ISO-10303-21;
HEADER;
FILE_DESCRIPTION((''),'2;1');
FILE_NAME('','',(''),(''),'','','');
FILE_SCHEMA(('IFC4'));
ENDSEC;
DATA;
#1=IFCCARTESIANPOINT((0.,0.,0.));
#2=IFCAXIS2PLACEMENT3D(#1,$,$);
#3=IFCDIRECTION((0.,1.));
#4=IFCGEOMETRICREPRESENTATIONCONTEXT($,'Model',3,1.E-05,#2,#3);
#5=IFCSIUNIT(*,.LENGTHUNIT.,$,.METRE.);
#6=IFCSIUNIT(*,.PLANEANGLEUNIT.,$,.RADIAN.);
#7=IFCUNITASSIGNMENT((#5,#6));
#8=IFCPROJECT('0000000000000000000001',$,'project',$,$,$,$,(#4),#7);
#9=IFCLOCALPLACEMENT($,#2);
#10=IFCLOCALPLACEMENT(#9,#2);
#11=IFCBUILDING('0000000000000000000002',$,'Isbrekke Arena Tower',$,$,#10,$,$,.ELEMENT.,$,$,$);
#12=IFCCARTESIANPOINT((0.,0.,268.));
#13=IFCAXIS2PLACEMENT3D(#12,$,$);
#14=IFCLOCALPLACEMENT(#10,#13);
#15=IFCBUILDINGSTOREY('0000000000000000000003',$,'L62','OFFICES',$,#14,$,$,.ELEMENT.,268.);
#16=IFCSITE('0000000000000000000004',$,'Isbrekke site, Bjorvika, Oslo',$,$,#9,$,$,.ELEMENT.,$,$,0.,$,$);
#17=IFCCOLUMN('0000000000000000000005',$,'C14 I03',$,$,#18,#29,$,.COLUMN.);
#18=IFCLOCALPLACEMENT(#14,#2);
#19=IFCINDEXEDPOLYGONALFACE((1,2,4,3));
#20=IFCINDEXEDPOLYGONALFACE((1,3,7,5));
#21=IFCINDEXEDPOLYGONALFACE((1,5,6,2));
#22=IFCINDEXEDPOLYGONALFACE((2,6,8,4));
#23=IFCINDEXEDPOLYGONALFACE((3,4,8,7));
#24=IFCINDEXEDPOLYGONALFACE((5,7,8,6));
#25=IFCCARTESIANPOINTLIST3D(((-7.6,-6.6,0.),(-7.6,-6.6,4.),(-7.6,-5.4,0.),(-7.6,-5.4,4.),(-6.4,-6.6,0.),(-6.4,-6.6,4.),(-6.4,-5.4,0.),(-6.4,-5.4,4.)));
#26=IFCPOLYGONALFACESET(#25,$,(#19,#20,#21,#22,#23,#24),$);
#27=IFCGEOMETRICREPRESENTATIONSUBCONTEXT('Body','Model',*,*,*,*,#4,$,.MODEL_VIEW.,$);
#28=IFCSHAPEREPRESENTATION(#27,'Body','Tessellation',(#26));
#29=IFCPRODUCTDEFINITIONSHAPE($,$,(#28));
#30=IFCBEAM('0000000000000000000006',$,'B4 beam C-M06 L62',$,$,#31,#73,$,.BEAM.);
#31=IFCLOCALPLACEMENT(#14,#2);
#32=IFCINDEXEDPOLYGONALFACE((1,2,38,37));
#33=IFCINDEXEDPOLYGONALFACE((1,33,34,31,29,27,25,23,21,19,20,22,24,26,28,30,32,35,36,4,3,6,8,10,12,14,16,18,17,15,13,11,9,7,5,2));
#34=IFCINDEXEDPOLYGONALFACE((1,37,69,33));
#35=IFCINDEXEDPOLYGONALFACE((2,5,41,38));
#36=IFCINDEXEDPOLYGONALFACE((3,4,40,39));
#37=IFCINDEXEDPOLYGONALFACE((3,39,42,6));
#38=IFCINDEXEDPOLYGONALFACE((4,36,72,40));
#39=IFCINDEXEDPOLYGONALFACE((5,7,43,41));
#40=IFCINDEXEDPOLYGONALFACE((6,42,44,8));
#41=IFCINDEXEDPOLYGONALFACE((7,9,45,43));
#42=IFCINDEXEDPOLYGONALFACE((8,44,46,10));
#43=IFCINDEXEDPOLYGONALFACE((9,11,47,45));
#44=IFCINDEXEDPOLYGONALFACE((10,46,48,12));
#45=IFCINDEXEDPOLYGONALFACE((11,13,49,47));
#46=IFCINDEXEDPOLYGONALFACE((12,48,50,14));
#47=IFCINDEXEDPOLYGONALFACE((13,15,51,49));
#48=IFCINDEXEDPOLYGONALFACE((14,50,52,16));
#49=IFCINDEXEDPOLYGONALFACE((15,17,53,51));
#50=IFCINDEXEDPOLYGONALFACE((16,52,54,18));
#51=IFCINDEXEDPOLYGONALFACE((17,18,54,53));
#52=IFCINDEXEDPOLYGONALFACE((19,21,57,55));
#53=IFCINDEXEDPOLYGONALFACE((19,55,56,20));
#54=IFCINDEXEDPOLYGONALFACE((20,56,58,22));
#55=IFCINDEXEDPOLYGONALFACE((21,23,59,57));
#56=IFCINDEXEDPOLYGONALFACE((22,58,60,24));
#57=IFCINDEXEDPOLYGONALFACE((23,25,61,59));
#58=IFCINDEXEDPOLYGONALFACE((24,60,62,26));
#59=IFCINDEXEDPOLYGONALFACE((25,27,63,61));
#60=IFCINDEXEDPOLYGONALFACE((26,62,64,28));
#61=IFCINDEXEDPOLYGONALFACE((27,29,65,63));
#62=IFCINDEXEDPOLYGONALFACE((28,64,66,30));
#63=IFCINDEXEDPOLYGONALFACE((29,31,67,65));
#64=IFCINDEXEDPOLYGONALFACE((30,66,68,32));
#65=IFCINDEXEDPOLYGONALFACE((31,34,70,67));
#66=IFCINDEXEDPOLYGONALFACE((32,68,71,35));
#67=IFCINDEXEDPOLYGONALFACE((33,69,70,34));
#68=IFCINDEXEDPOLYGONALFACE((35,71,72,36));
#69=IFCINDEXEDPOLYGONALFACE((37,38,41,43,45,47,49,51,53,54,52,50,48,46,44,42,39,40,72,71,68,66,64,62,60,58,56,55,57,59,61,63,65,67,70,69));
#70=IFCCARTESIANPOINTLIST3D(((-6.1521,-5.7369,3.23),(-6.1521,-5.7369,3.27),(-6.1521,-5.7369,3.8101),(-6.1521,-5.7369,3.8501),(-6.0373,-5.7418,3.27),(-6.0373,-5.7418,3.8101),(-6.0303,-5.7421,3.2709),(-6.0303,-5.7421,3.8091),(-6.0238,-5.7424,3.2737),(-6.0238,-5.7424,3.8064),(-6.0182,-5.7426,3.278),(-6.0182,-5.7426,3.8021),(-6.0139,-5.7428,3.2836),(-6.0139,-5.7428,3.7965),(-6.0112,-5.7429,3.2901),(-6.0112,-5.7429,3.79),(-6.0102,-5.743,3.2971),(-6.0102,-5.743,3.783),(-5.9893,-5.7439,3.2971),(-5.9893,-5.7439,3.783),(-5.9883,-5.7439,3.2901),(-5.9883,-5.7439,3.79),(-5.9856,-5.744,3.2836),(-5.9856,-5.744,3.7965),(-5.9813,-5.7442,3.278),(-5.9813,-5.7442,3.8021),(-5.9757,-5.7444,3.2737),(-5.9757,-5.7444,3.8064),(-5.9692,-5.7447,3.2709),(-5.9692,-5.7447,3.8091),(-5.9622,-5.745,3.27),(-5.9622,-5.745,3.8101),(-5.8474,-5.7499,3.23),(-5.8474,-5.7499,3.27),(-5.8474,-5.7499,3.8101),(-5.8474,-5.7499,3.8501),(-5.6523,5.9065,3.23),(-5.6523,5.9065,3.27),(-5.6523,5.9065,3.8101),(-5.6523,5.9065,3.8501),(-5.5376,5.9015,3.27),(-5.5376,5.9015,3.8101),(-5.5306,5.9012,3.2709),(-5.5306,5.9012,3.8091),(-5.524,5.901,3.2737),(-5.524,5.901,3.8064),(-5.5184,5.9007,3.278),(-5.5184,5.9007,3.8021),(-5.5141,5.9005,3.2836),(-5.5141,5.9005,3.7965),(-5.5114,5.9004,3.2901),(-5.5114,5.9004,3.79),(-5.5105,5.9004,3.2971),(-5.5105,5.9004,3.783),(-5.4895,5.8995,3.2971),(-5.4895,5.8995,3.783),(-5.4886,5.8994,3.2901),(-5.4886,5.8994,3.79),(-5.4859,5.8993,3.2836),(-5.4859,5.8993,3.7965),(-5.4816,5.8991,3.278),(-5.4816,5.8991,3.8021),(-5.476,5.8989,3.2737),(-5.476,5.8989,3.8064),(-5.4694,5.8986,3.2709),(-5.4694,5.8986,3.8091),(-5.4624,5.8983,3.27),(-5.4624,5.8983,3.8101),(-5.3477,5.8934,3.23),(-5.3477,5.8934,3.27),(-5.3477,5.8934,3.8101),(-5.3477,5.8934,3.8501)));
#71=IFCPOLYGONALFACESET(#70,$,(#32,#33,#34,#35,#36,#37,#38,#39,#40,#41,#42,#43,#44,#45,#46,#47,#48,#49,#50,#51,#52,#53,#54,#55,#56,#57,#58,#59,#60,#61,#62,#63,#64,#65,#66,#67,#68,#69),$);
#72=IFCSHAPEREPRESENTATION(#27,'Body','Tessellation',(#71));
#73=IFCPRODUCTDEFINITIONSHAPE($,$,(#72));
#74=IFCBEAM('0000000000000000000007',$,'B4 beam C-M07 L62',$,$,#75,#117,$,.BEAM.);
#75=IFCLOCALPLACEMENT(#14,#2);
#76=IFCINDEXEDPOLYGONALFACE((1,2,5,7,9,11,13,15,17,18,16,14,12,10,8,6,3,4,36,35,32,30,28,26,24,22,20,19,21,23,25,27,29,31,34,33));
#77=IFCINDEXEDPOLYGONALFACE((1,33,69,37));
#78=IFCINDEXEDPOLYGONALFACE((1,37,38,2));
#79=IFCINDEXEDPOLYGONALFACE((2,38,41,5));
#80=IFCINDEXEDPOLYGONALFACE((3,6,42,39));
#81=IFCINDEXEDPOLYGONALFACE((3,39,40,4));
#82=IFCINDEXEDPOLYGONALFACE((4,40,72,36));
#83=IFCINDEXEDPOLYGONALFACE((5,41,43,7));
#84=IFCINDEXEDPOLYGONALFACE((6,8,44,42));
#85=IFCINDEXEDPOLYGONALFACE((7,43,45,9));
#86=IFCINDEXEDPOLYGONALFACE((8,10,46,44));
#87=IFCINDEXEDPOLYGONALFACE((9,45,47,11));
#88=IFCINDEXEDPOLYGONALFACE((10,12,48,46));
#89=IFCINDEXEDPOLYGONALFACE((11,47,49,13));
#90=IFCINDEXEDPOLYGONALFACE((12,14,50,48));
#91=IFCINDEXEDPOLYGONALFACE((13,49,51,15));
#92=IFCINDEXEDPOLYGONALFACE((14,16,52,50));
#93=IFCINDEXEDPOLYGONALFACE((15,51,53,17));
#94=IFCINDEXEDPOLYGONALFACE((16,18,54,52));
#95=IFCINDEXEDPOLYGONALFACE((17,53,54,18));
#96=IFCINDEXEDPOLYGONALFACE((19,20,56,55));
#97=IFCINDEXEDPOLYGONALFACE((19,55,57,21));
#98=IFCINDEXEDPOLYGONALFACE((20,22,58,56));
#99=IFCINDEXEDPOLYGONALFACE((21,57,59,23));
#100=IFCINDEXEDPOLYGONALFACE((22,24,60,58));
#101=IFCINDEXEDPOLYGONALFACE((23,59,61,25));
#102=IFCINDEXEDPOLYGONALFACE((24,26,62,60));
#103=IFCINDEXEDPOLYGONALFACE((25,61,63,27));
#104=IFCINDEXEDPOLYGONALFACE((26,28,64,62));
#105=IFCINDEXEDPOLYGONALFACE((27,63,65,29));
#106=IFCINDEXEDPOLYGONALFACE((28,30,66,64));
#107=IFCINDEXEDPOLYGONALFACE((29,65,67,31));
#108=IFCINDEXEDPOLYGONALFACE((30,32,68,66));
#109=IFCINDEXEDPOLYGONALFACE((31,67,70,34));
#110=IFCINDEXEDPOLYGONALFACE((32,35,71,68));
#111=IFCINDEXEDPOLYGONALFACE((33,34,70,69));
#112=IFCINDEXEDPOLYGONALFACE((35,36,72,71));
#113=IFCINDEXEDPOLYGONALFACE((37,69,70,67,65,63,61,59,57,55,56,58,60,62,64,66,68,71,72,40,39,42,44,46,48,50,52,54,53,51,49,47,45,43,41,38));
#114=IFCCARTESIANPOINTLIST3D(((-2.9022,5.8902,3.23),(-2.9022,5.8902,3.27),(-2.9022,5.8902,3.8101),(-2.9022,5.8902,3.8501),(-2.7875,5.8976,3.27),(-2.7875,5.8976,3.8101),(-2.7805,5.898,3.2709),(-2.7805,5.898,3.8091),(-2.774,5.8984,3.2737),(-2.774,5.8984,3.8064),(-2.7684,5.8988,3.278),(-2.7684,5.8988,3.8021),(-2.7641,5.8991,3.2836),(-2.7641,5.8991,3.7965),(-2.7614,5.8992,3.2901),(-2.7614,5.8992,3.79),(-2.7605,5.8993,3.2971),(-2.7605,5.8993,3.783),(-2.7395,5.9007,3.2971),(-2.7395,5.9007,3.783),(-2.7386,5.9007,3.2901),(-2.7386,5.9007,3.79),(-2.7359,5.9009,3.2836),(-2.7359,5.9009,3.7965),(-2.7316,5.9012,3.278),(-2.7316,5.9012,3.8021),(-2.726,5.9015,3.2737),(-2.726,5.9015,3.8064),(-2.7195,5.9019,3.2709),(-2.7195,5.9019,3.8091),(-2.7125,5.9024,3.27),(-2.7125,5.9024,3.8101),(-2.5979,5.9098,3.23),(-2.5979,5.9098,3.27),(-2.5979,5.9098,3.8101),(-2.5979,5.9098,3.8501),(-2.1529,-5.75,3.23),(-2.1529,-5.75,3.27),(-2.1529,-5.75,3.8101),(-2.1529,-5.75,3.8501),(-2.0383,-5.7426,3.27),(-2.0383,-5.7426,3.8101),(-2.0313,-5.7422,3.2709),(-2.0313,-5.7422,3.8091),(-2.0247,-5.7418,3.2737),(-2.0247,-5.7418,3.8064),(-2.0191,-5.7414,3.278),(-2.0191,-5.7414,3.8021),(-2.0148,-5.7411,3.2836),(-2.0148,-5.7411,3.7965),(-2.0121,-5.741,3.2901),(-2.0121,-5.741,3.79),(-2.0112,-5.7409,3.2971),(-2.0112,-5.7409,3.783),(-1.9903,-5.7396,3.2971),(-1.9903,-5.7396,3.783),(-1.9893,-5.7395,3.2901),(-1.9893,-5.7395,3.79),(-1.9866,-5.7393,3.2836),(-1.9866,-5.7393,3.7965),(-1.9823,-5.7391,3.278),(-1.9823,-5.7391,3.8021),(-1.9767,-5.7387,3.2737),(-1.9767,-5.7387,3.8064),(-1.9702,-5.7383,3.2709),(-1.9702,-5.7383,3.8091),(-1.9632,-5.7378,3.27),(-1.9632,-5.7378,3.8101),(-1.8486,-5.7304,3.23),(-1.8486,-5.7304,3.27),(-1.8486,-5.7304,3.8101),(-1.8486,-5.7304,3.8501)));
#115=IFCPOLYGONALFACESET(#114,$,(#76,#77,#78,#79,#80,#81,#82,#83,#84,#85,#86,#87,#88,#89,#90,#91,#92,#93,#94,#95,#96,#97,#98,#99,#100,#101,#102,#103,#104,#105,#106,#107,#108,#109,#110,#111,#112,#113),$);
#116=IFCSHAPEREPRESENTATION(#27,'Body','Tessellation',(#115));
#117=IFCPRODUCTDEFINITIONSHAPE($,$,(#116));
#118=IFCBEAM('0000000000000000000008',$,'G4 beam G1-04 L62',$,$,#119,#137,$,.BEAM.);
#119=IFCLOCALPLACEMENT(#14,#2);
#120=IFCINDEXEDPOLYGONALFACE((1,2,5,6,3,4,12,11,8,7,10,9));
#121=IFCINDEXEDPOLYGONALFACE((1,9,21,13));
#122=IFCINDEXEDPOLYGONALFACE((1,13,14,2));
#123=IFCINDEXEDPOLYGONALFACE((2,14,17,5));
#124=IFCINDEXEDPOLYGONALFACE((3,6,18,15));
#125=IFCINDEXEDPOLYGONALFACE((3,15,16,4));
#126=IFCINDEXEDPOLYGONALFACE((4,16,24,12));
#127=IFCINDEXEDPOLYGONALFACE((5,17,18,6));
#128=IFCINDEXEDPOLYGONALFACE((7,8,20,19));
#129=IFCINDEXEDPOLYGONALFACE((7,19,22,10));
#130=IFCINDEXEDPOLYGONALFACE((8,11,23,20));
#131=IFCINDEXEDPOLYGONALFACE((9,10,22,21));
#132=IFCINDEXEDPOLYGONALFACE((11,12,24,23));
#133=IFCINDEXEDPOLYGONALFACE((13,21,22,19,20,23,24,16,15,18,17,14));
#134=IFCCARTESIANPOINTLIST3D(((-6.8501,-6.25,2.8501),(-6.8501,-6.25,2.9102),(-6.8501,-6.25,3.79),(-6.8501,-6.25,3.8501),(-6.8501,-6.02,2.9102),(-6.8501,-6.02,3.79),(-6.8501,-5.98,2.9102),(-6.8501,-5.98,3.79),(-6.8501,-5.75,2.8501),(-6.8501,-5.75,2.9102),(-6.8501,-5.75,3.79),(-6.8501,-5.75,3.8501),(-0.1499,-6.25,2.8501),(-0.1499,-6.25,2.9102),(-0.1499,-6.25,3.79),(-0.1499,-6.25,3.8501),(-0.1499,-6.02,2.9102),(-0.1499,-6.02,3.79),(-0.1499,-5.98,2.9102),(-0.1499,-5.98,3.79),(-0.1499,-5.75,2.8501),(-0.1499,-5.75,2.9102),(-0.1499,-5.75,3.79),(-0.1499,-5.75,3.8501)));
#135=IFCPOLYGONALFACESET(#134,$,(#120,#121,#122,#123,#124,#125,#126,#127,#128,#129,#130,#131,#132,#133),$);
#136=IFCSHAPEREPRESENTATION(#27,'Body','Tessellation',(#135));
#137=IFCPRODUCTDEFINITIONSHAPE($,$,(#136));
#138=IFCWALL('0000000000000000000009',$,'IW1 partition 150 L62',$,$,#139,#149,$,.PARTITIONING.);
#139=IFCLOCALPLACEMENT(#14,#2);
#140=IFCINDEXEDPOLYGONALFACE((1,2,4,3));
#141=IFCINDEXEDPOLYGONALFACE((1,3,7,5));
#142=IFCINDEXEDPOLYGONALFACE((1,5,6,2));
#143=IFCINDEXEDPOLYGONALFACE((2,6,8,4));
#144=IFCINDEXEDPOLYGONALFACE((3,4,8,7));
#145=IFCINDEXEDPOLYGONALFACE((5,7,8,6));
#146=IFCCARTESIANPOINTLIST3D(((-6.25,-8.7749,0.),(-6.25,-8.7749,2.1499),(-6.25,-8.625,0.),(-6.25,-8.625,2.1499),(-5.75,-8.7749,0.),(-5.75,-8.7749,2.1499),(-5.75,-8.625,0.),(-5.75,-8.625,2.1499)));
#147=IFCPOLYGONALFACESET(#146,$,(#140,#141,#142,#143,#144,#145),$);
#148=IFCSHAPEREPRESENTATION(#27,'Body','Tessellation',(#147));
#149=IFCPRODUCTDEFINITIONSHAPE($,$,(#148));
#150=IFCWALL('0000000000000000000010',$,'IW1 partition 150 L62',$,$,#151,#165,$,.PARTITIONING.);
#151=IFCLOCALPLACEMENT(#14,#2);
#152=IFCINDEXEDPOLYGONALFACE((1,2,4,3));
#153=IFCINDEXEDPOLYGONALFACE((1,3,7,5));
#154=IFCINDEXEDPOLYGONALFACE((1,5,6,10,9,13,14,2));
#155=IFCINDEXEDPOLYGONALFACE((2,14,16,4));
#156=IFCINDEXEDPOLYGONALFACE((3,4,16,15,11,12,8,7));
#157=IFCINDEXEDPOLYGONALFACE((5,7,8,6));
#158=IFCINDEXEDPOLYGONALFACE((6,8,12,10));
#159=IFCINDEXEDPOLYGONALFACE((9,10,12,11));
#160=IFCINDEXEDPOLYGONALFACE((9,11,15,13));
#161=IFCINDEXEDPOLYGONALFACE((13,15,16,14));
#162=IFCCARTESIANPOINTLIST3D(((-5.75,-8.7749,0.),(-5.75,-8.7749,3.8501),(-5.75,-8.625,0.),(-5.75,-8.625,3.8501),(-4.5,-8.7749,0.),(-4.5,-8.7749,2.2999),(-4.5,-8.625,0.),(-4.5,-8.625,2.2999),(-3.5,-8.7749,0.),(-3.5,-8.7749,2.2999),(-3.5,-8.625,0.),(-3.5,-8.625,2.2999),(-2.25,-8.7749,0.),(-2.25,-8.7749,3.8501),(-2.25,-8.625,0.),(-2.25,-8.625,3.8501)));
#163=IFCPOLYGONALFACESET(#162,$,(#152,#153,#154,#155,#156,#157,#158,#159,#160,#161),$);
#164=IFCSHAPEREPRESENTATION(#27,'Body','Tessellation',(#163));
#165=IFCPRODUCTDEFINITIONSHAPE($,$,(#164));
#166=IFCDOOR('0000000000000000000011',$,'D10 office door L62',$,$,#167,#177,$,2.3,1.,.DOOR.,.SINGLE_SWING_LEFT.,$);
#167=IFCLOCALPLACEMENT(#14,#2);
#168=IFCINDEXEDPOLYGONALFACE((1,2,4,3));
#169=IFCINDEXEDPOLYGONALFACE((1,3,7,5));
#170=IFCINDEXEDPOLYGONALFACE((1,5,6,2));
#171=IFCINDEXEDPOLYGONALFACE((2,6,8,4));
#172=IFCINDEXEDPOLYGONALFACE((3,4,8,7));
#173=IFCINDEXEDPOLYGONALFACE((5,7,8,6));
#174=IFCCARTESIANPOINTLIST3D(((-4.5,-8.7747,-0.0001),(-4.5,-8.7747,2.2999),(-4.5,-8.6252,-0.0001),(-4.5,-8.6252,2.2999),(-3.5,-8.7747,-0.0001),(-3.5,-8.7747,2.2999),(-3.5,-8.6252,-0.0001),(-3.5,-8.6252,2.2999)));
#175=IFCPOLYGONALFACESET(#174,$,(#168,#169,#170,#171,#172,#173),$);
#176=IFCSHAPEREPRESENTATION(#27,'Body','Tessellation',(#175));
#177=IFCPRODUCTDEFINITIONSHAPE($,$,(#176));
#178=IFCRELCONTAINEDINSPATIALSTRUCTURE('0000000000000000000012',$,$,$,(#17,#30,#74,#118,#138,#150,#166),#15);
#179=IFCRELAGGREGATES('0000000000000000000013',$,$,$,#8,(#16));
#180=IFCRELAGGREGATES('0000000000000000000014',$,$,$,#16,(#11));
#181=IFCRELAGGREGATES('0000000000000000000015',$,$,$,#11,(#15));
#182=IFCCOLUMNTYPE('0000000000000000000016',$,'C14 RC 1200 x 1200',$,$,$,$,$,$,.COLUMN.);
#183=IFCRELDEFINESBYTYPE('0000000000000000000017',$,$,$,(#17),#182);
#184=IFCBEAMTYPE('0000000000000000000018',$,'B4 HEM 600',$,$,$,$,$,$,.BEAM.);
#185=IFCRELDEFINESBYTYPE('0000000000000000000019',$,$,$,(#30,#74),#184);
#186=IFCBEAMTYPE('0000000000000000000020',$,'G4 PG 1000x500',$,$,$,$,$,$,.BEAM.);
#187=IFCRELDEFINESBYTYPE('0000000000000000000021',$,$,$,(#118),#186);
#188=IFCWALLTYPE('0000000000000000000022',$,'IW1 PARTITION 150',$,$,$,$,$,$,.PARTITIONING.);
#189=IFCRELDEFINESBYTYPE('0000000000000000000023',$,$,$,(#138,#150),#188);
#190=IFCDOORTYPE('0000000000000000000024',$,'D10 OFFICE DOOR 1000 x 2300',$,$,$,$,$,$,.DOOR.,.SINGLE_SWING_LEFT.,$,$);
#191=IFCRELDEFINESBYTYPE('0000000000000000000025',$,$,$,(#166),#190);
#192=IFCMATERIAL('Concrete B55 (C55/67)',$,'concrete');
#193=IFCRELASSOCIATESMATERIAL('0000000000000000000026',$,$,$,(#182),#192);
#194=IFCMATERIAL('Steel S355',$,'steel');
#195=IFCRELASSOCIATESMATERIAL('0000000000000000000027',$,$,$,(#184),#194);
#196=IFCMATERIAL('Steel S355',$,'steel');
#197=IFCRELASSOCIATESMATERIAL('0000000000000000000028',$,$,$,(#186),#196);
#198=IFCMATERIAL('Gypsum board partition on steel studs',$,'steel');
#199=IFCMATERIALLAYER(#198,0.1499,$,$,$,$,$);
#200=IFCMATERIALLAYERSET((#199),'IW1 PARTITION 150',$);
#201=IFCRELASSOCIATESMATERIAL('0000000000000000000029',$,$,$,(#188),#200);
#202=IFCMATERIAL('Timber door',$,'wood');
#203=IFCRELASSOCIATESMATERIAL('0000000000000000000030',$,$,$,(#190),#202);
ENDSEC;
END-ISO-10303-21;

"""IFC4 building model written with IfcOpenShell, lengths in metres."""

from ifc_helpers import new_model, si_unit, direction, frame, frame_2d, origin, origin_2d, place, context, subcontext, project, spatial, rectangle, i_section, extrude, material, layer, layer_set, material_profile, profile_set, type_object, element, fill, save


model = new_model("IFC4")

# Units and contexts
model_context = context("Model", 3, precision=1e-05, world=origin(), true_north=direction((0.0, 1.0)))
body_context = subcontext(model_context, "Body", "Model", "MODEL_VIEW")
ifc_project = project(units=[si_unit("LENGTHUNIT", "METRE"), si_unit("PLANEANGLEUNIT", "RADIAN")], contexts=[model_context])

# Site, building, storey
site_placement = place(None, origin())
site = spatial("IfcSite", under=ifc_project, at=site_placement, Name="Isbrekke site, Bjorvika, Oslo", CompositionType="ELEMENT", RefElevation=0.0)
building_placement = place(site_placement, origin())
building = spatial("IfcBuilding", under=site, at=building_placement, Name="Isbrekke Arena Tower", CompositionType="ELEMENT")
storey_placement = place(building_placement, frame((0.0, 0.0, 268.0)))
storey = spatial("IfcBuildingStorey", under=building, at=storey_placement, Name="L62", Description="OFFICES", CompositionType="ELEMENT", Elevation=268.0)

# Column
ifc_material_1 = material(Name="Concrete B55 (C55/67)", Category="concrete")
ifc_material_profile_1 = material_profile(ifc_material_1, rectangle(XDim=1.2, YDim=1.2, at=origin_2d()), Name="RC 1200x1200")
ifc_profile_set_1 = profile_set([ifc_material_profile_1], Name="Concrete B55 (C55/67)")
column_type = type_object("IfcColumnType", Name="C14 RC 1200 x 1200", PredefinedType="COLUMN", material=ifc_profile_set_1)
column_placement = place(storey_placement, frame((-7.0, -6.0, 0.0), z_axis=(0.0, 0.0, 1.0), x_axis=(1.0, 0.0, 0.0)))
element("IfcColumn", 1, at=column_placement, inside=storey, type_object=column_type, Name="C14 I03", PredefinedType="COLUMN", context=body_context, shape_type="SweptSolid", body=[
    extrude(rectangle(XDim=1.2, YDim=1.2, at=origin_2d()), origin(), (0.0, 0.0, 1.0), 4.0),
])

# Beams
ifc_material_2 = material(Name="Steel S355", Category="steel")
ifc_material_profile_2 = material_profile(ifc_material_2, i_section(OverallWidth=0.3049, OverallDepth=0.6201, WebThickness=0.021, FlangeThickness=0.04, FilletRadius=0.0271, at=origin_2d()), Name="HEM 600")
ifc_profile_set_2 = profile_set([ifc_material_profile_2], Name="Steel S355")
beam_type_1 = type_object("IfcBeamType", Name="B4 HEM 600", PredefinedType="BEAM", material=ifc_profile_set_2)
beam_1_placement = place(storey_placement, frame((-5.9998, -5.7434, 3.54), z_axis=(0.042883, 0.99908, 0.0), x_axis=(-0.99908, 0.042883, 0.0)))
element("IfcBeam", 2, at=beam_1_placement, inside=storey, type_object=beam_type_1, Name="B4 beam C-M06 L62", PredefinedType="BEAM", context=body_context, shape_type="SweptSolid", body=[
    extrude(i_section(OverallWidth=0.3049, OverallDepth=0.6201, WebThickness=0.021, FlangeThickness=0.04, FilletRadius=0.0271, at=origin_2d()), origin(), (0.0, 0.0, 1.0), 11.6541),
])
beam_2_placement = place(storey_placement, frame((-2.0007, -5.7402, 3.54), z_axis=(-0.064236, 0.997935, 0.0), x_axis=(-0.997935, -0.064236, 0.0)))
element("IfcBeam", 3, at=beam_2_placement, inside=storey, type_object=beam_type_1, Name="B4 beam C-M07 L62", PredefinedType="BEAM", context=body_context, shape_type="SweptSolid", body=[
    extrude(i_section(OverallWidth=0.3049, OverallDepth=0.6201, WebThickness=0.021, FlangeThickness=0.04, FilletRadius=0.0271, at=origin_2d()), origin(), (0.0, 0.0, 1.0), 11.6643),
])
ifc_material_3 = material(Name="Steel S355", Category="steel")
ifc_material_profile_3 = material_profile(ifc_material_3, i_section(OverallWidth=0.5, OverallDepth=1.0, WebThickness=0.04, FlangeThickness=0.0601, at=origin_2d()), Name="PG 1000x500")
ifc_profile_set_3 = profile_set([ifc_material_profile_3], Name="Steel S355")
beam_type_2 = type_object("IfcBeamType", Name="G4 PG 1000x500", PredefinedType="BEAM", material=ifc_profile_set_3)
beam_3_placement = place(storey_placement, frame((-6.8501, -6.0, 3.3501), z_axis=(1.0, 0.0, 0.0), x_axis=(0.0, 1.0, 0.0)))
element("IfcBeam", 4, at=beam_3_placement, inside=storey, type_object=beam_type_2, Name="G4 beam G1-04 L62", PredefinedType="BEAM", context=body_context, shape_type="SweptSolid", body=[
    extrude(i_section(OverallWidth=0.5, OverallDepth=1.0, WebThickness=0.04, FlangeThickness=0.0601, at=origin_2d()), origin(), (0.0, 0.0, 1.0), 6.7002),
])

# Wall
ifc_material_4 = material(Name="Gypsum board partition on steel studs", Category="steel")
ifc_layer_1 = layer(ifc_material_4, 0.1499)
ifc_layer_set_1 = layer_set([ifc_layer_1], Name="IW1 PARTITION 150")
wall_type_1 = type_object("IfcWallType", Name="IW1 PARTITION 150", PredefinedType="PARTITIONING", material=ifc_layer_set_1)
wall_1_placement = place(storey_placement, frame((-6.25, -8.7, 0.0), z_axis=(0.0, 0.0, 1.0), x_axis=(1.0, 0.0, 0.0)))
element("IfcWall", 5, at=wall_1_placement, inside=storey, type_object=wall_type_1, Name="IW1 partition 150 L62", PredefinedType="PARTITIONING", context=body_context, shape_type="SweptSolid", body=[
    extrude(rectangle(XDim=0.5, YDim=0.1499, at=frame_2d((0.25, 0.0))), origin(), (0.0, 0.0, 1.0), 2.1499),
])

# Wall, opening, door
wall_2_placement = place(storey_placement, frame((-5.75, -8.7, 0.0), z_axis=(0.0, 0.0, 1.0), x_axis=(1.0, 0.0, 0.0)))
wall_2 = element("IfcWall", 6, at=wall_2_placement, inside=storey, type_object=wall_type_1, Name="IW1 partition 150 L62", PredefinedType="PARTITIONING", context=body_context, shape_type="SweptSolid", body=[
    extrude(rectangle(XDim=3.5, YDim=0.1499, at=frame_2d((1.75, 0.0))), origin(), (0.0, 0.0, 1.0), 3.8501),
])
opening_1_placement = place(wall_2_placement, frame((1.25, 0.0, 0.0)))
opening_1 = element("IfcOpeningElement", 7, at=opening_1_placement, cuts=wall_2, PredefinedType="OPENING", context=body_context, shape_type="SweptSolid", body=[
    extrude(rectangle(XDim=1.0, YDim=2.3, at=frame_2d((0.5, 1.1499))), frame((0.0, 0.0898, 0.0), z_axis=(0.0, -1.0, 0.0), x_axis=(1.0, 0.0, 0.0)), (0.0, 0.0, 1.0), 0.1797),
])
ifc_material_5 = material(Name="Timber door", Category="wood")
door_type = type_object("IfcDoorType", Name="D10 OFFICE DOOR 1000 x 2300", OperationType="SINGLE_SWING_LEFT", PredefinedType="DOOR", material=ifc_material_5)
door_1_placement = place(opening_1_placement, origin())
door_1 = element("IfcDoor", 8, at=door_1_placement, inside=storey, type_object=door_type, Name="D10 office door L62", OperationType="SINGLE_SWING_LEFT", OverallHeight=2.3, OverallWidth=1.0, PredefinedType="DOOR", context=body_context, shape_type="SweptSolid", body=[
    extrude(rectangle(XDim=1.0, YDim=2.3, at=frame_2d((0.5, 1.1499))), frame((0.0, 0.0747, 0.0), z_axis=(0.0, -1.0, 0.0), x_axis=(1.0, 0.0, 0.0)), (0.0, 0.0, 1.0), 0.1494),
])
fill(opening_1, door_1)

save(model, "model.ifc")
